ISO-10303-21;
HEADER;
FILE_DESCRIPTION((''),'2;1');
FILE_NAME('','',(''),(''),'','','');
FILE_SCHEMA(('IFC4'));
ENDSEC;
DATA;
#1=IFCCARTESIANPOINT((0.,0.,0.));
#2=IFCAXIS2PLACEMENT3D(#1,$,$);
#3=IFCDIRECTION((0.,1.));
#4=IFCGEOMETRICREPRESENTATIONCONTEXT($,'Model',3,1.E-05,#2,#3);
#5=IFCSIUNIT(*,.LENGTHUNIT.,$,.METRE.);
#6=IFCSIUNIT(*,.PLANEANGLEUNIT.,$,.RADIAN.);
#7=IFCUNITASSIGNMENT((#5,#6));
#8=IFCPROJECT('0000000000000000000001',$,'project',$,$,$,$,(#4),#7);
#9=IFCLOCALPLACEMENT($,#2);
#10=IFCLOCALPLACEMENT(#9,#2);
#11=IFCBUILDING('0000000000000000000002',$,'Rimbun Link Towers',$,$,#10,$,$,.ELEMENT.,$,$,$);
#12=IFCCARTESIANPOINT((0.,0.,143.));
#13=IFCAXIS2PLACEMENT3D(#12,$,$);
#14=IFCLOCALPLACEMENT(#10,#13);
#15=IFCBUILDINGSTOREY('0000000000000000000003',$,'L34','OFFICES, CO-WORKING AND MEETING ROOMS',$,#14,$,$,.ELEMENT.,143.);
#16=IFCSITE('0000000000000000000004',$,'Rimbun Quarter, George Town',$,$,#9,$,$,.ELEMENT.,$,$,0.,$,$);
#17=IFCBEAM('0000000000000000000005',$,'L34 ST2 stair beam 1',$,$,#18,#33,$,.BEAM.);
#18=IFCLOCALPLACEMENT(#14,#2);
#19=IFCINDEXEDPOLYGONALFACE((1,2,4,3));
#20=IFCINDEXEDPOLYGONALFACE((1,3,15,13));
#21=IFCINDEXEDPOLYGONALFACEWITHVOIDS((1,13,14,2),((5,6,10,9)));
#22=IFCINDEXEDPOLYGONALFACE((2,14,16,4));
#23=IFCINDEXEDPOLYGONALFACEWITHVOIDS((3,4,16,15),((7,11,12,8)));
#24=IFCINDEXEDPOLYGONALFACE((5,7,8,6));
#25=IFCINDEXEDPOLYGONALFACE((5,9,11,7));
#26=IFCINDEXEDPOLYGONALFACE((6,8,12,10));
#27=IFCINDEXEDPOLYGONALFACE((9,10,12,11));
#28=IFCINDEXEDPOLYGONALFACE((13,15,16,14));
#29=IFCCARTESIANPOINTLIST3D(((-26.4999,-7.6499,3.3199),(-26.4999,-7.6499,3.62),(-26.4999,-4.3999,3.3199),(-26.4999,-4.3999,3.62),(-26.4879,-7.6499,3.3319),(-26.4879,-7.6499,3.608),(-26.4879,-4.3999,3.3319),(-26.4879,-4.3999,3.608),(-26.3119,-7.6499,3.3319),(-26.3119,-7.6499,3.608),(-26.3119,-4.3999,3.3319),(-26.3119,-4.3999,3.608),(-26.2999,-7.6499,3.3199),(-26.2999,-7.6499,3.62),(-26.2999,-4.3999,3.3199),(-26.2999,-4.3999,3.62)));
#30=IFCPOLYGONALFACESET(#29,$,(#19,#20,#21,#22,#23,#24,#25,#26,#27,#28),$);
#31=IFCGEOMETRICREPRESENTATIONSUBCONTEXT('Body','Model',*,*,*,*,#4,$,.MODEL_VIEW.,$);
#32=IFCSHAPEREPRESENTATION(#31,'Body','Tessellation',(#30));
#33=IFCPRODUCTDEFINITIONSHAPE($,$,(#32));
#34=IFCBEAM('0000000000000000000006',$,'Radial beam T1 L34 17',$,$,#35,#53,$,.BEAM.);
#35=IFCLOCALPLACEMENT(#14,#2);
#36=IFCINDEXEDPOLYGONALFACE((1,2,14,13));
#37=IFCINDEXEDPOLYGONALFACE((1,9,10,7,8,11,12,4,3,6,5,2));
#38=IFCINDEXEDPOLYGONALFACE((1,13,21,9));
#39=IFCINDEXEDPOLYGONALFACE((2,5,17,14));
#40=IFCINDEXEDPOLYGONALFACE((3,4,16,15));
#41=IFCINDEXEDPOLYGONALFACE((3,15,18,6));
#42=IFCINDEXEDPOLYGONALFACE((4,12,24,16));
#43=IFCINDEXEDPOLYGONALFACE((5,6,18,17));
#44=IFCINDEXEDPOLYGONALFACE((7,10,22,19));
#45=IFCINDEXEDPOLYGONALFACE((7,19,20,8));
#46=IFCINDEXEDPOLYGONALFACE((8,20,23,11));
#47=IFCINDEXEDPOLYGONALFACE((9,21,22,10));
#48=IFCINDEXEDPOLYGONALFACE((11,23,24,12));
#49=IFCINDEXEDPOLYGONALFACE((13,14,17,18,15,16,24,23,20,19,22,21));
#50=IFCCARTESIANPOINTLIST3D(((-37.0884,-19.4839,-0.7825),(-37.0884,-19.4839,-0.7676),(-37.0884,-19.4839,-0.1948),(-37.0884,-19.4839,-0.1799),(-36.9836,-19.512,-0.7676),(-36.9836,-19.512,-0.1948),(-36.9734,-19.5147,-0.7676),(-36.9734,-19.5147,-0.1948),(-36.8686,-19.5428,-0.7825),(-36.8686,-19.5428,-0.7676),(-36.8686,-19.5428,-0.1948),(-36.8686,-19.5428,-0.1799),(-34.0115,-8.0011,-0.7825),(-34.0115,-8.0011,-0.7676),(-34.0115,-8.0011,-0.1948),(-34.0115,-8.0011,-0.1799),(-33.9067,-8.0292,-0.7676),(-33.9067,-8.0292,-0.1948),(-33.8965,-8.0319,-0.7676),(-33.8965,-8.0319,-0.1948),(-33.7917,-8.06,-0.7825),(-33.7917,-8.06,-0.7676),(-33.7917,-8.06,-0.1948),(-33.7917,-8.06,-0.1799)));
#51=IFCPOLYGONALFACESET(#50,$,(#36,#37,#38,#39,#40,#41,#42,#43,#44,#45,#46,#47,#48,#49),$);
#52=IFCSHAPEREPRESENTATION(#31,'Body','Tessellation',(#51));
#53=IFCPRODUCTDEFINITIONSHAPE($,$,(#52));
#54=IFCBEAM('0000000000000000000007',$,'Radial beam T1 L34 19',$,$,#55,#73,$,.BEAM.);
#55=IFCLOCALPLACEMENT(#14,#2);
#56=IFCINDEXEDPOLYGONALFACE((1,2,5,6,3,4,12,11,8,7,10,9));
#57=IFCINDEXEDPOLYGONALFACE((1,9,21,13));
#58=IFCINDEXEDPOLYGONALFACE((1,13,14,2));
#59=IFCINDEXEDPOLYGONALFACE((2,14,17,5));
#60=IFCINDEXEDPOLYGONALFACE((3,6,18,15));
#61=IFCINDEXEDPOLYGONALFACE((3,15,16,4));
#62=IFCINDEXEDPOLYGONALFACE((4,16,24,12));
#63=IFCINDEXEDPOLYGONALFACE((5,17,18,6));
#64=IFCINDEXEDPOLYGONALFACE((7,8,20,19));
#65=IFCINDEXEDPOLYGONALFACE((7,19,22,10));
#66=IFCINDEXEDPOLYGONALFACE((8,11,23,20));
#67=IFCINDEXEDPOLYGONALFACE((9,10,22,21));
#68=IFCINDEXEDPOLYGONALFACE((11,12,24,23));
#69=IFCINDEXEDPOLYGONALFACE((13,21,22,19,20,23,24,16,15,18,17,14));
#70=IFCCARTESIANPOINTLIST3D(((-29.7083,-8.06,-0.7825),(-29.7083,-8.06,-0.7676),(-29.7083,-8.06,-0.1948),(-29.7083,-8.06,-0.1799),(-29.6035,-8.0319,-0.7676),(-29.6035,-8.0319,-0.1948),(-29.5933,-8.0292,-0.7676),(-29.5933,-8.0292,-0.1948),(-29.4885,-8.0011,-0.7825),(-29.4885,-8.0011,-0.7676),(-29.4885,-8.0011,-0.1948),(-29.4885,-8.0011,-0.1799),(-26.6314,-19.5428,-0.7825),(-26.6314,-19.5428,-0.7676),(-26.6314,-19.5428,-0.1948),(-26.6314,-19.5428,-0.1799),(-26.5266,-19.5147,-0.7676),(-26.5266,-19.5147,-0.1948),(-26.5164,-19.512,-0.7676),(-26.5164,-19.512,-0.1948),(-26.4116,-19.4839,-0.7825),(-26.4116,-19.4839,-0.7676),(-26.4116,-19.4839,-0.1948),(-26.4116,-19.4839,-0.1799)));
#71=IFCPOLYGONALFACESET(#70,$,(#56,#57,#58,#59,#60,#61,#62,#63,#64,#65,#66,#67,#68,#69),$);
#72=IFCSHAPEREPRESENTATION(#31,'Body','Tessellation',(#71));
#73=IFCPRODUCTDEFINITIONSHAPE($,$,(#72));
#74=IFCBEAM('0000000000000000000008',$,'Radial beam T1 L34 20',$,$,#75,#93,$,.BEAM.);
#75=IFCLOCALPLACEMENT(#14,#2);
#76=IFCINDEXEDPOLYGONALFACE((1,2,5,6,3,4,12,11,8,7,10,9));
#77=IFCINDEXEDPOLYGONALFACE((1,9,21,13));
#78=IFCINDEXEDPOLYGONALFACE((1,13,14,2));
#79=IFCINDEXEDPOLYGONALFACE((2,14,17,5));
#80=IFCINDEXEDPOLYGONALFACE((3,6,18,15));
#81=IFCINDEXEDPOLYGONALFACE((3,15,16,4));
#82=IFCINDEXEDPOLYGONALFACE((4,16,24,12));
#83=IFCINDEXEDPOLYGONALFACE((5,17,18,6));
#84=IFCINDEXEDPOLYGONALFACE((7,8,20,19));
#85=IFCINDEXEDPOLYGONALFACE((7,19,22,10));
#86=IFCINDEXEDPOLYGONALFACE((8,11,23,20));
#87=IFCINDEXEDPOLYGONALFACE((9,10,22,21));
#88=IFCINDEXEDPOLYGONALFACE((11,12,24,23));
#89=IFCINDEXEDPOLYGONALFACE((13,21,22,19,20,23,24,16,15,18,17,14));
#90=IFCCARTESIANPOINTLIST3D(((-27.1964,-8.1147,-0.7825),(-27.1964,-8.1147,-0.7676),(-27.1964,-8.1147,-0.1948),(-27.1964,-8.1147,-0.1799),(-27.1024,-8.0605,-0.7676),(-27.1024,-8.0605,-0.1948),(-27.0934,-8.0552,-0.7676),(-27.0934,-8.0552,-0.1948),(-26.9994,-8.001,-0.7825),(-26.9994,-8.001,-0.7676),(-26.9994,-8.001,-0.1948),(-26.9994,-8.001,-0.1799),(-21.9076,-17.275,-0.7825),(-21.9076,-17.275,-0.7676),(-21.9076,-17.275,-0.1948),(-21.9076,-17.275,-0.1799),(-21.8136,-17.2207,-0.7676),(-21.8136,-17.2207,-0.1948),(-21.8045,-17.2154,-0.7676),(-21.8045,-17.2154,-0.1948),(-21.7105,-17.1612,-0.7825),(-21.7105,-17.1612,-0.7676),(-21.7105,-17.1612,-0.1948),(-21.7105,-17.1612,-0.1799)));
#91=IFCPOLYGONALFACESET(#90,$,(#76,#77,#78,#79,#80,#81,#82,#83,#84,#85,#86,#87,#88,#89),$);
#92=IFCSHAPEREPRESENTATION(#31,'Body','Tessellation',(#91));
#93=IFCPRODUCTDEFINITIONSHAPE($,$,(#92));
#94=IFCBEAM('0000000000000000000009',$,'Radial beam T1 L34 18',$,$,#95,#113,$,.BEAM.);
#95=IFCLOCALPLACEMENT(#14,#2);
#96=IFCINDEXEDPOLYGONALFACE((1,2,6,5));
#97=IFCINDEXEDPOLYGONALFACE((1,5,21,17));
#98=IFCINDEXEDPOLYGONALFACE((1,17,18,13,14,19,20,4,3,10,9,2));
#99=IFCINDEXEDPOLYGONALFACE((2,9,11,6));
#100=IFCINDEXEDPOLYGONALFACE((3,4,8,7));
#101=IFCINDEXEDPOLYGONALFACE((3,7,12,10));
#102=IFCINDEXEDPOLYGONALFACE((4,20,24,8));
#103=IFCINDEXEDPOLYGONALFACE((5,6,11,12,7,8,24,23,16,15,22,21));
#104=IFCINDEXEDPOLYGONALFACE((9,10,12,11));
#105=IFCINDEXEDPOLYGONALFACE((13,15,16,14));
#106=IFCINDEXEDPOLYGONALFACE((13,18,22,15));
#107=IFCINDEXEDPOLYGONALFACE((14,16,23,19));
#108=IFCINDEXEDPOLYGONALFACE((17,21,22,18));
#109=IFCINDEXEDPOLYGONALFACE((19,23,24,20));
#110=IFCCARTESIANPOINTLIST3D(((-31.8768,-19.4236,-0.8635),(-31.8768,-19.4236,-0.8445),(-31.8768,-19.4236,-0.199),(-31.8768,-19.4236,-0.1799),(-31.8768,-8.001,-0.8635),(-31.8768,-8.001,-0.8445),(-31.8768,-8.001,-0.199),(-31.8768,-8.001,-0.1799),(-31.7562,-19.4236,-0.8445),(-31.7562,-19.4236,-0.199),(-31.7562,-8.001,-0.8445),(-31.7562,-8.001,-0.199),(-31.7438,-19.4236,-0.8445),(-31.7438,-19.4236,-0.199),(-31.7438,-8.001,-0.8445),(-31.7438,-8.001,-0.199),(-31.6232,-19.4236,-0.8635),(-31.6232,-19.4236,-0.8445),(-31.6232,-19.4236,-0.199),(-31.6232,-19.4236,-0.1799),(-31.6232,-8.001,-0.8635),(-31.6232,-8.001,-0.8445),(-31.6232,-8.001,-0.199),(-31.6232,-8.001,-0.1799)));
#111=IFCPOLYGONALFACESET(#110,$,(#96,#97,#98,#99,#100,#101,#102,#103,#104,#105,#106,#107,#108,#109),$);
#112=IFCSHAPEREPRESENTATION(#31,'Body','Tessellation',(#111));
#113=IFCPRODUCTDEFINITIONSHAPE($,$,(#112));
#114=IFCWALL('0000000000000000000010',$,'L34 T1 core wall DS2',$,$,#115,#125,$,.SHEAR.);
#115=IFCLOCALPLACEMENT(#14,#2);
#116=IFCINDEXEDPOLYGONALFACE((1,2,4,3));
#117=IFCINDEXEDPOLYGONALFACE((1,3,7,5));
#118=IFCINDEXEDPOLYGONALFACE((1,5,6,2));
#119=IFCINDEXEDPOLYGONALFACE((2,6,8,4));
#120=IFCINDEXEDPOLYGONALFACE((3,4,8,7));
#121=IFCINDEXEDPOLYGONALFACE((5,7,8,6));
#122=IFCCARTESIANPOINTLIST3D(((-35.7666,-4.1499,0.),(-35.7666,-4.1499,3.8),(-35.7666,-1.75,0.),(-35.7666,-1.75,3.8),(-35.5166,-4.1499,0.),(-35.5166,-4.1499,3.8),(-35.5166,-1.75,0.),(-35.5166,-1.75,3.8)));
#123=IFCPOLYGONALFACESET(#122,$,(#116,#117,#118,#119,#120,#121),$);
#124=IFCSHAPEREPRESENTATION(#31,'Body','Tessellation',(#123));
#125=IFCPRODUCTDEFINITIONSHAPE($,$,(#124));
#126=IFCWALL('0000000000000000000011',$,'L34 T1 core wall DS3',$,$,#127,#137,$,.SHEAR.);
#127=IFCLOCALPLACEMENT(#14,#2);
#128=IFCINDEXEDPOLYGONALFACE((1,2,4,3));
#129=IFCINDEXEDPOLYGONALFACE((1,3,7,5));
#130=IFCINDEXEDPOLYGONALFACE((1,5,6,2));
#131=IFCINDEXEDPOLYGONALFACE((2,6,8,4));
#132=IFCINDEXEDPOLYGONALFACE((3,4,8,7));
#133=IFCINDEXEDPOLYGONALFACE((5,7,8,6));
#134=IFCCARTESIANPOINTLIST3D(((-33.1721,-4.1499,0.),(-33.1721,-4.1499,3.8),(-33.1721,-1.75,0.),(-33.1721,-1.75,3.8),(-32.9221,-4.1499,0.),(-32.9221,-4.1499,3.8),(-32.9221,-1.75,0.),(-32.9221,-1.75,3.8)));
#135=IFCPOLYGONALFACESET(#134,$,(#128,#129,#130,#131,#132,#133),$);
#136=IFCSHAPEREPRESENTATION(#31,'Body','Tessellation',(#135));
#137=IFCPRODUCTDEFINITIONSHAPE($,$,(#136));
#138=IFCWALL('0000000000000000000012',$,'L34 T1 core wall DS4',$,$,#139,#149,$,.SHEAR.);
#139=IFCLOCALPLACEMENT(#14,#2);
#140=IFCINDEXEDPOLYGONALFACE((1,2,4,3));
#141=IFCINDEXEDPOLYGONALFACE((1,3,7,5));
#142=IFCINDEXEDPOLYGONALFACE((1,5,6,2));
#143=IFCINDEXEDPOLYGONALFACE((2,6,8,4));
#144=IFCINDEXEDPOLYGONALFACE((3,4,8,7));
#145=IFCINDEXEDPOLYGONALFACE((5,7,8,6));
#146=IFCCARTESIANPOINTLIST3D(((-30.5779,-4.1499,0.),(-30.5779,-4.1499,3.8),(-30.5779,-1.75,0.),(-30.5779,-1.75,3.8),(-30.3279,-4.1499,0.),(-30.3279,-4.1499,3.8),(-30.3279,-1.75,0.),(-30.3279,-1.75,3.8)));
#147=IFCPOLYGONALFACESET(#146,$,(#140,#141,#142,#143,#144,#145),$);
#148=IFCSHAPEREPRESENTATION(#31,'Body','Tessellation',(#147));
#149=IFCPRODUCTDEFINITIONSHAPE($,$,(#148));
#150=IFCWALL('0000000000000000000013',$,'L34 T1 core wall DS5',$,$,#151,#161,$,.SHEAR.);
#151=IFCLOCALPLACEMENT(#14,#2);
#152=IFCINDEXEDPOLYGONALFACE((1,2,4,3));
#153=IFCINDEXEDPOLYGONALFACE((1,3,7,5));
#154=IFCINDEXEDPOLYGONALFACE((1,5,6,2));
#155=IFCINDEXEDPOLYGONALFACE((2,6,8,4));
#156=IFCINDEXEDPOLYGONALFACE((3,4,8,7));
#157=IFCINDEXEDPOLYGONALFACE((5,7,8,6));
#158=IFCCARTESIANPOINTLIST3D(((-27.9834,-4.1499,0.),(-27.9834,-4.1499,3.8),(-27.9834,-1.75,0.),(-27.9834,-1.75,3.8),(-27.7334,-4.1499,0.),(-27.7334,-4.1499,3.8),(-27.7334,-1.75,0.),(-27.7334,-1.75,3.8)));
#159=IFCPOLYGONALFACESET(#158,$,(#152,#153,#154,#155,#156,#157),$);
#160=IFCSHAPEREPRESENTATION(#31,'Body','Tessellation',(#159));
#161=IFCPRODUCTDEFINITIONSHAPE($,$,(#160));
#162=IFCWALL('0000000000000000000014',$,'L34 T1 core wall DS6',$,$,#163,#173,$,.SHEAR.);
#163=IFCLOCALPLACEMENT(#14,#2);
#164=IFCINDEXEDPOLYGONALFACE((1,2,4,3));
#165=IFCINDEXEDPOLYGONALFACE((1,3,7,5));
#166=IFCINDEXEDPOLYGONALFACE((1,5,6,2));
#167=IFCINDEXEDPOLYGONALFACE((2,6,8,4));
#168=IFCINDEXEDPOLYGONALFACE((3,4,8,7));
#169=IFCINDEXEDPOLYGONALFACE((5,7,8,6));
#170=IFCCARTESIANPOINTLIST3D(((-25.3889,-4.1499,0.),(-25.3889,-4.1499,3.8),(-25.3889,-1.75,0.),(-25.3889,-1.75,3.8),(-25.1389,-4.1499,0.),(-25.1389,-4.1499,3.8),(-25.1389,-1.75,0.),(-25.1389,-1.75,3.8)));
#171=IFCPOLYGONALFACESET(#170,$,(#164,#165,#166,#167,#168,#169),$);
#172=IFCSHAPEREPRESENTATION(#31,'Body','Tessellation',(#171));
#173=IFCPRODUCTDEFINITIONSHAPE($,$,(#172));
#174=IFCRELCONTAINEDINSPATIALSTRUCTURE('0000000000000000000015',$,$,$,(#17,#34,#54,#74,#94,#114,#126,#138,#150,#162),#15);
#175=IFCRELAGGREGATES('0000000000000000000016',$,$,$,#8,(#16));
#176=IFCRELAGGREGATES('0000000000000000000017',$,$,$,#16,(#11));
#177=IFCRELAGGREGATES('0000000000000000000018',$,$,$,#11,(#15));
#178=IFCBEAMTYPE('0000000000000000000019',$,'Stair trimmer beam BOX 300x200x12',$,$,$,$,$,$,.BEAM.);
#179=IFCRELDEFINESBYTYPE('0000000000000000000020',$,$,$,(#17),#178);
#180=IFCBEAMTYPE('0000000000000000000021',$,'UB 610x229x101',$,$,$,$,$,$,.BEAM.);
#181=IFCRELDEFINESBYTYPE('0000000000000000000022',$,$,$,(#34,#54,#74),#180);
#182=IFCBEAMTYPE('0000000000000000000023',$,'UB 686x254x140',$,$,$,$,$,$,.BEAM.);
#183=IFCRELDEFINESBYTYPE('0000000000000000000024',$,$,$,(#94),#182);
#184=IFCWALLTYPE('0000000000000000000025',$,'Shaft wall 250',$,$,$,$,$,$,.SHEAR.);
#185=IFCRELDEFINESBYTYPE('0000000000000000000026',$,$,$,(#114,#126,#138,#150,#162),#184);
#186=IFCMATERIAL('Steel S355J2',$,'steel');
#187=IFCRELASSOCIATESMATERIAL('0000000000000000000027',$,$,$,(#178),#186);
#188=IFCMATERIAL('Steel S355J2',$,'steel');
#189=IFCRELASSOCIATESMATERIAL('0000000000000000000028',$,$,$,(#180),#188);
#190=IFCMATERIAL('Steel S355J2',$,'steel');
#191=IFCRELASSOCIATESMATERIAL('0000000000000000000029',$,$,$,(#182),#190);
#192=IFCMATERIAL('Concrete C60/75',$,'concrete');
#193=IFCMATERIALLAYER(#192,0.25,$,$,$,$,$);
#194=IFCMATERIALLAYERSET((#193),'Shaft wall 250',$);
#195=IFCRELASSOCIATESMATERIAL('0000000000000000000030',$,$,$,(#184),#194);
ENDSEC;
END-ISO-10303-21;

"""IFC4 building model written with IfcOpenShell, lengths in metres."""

from ifc_helpers import new_model, si_unit, direction, frame, frame_2d, origin, origin_2d, place, context, subcontext, project, spatial, rectangle, hollow_rectangle, i_section, extrude, material, layer, layer_set, material_profile, profile_set, type_object, element, save


model = new_model("IFC4")

# Units and contexts
model_context = context("Model", 3, precision=1e-05, world=origin(), true_north=direction((0.0, 1.0)))
body_context = subcontext(model_context, "Body", "Model", "MODEL_VIEW")
ifc_project = project(units=[si_unit("LENGTHUNIT", "METRE"), si_unit("PLANEANGLEUNIT", "RADIAN")], contexts=[model_context])

# Site, building, storey
site_placement = place(None, origin())
site = spatial("IfcSite", under=ifc_project, at=site_placement, Name="Rimbun Quarter, George Town", CompositionType="ELEMENT", RefElevation=0.0)
building_placement = place(site_placement, origin())
building = spatial("IfcBuilding", under=site, at=building_placement, Name="Rimbun Link Towers", CompositionType="ELEMENT")
storey_placement = place(building_placement, frame((0.0, 0.0, 143.0)))
storey = spatial("IfcBuildingStorey", under=building, at=storey_placement, Name="L34", Description="OFFICES, CO-WORKING AND MEETING ROOMS", CompositionType="ELEMENT", Elevation=143.0)

# Beams
ifc_material_1 = material(Name="Steel S355J2", Category="steel")
ifc_material_profile_1 = material_profile(ifc_material_1, hollow_rectangle(XDim=0.2, YDim=0.3, WallThickness=0.012, at=origin_2d()), Name="BOX 300x200x12")
ifc_profile_set_1 = profile_set([ifc_material_profile_1], Name="Steel S355J2")
beam_type_1 = type_object("IfcBeamType", Name="Stair trimmer beam BOX 300x200x12", PredefinedType="BEAM", material=ifc_profile_set_1)
beam_1_placement = place(storey_placement, frame((-26.3999, -7.6499, 3.47), z_axis=(0.0, 1.0, 0.0), x_axis=(-1.0, 0.0, 0.0)))
element("IfcBeam", 1, at=beam_1_placement, inside=storey, type_object=beam_type_1, Name="L34 ST2 stair beam 1", PredefinedType="BEAM", context=body_context, shape_type="SweptSolid", body=[
    extrude(hollow_rectangle(XDim=0.2, YDim=0.3, WallThickness=0.012, at=origin_2d()), origin(), (0.0, 0.0, 1.0), 3.25),
])
ifc_material_2 = material(Name="Steel S355J2", Category="steel")
ifc_material_profile_2 = material_profile(ifc_material_2, i_section(OverallWidth=0.2275, OverallDepth=0.6025, WebThickness=0.0105, FlangeThickness=0.0149, at=origin_2d()), Name="UB 610x229x101")
ifc_profile_set_2 = profile_set([ifc_material_profile_2], Name="Steel S355J2")
beam_type_2 = type_object("IfcBeamType", Name="UB 610x229x101", PredefinedType="BEAM", material=ifc_profile_set_2)
for number, where, z_axis, x_axis, name in (
    (2, (-33.9016, -8.0305, -0.4812), (-0.258824, -0.965924, 0.0), (0.965924, -0.258824, 0.0), "Radial beam T1 L34 17"),
    (3, (-29.5984, -8.0305, -0.4812), (0.258824, -0.965924, 0.0), (0.965924, 0.258824, 0.0), "Radial beam T1 L34 19"),
):
    element("IfcBeam", number, at=place(storey_placement, frame(where, z_axis=z_axis, x_axis=x_axis)), inside=storey, type_object=beam_type_2, Name=name, PredefinedType="BEAM", context=body_context, shape_type="SweptSolid", body=[
        extrude(i_section(OverallWidth=0.2275, OverallDepth=0.6025, WebThickness=0.0105, FlangeThickness=0.0149, at=origin_2d()), origin(), (0.0, 0.0, 1.0), 11.8879),
    ])
beam_2_placement = place(storey_placement, frame((-27.0979, -8.0579, -0.4812), z_axis=(0.500014, -0.866017, 0.0), x_axis=(0.866017, 0.500014, 0.0)))
element("IfcBeam", 4, at=beam_2_placement, inside=storey, type_object=beam_type_2, Name="Radial beam T1 L34 20", PredefinedType="BEAM", context=body_context, shape_type="SweptSolid", body=[
    extrude(i_section(OverallWidth=0.2275, OverallDepth=0.6025, WebThickness=0.0105, FlangeThickness=0.0149, at=origin_2d()), origin(), (0.0, 0.0, 1.0), 10.5774),
])
ifc_material_3 = material(Name="Steel S355J2", Category="steel")
ifc_material_profile_3 = material_profile(ifc_material_3, i_section(OverallWidth=0.2537, OverallDepth=0.6836, WebThickness=0.0125, FlangeThickness=0.019, at=origin_2d()), Name="UB 686x254x140")
ifc_profile_set_3 = profile_set([ifc_material_profile_3], Name="Steel S355J2")
beam_type_3 = type_object("IfcBeamType", Name="UB 686x254x140", PredefinedType="BEAM", material=ifc_profile_set_3)
beam_3_placement = place(storey_placement, frame((-31.75, -8.001, -0.5217), z_axis=(0.0, -1.0, 0.0), x_axis=(1.0, 0.0, 0.0)))
element("IfcBeam", 5, at=beam_3_placement, inside=storey, type_object=beam_type_3, Name="Radial beam T1 L34 18", PredefinedType="BEAM", context=body_context, shape_type="SweptSolid", body=[
    extrude(i_section(OverallWidth=0.2537, OverallDepth=0.6836, WebThickness=0.0125, FlangeThickness=0.019, at=origin_2d()), origin(), (0.0, 0.0, 1.0), 11.4226),
])

# Walls
ifc_material_4 = material(Name="Concrete C60/75", Category="concrete")
ifc_layer = layer(ifc_material_4, 0.25)
ifc_layer_set = layer_set([ifc_layer], Name="Shaft wall 250")
wall_type = type_object("IfcWallType", Name="Shaft wall 250", PredefinedType="SHEAR", material=ifc_layer_set)
for number, where, z_axis, x_axis, name in (
    (6, (-35.6416, -4.1499, 0.0), (0.0, 0.0, 1.0), (0.0, 1.0, 0.0), "L34 T1 core wall DS2"),
    (7, (-33.0471, -4.1499, 0.0), (0.0, 0.0, 1.0), (0.0, 1.0, 0.0), "L34 T1 core wall DS3"),
    (8, (-30.4529, -4.1499, 0.0), (0.0, 0.0, 1.0), (0.0, 1.0, 0.0), "L34 T1 core wall DS4"),
    (9, (-27.8584, -4.1499, 0.0), (0.0, 0.0, 1.0), (0.0, 1.0, 0.0), "L34 T1 core wall DS5"),
    (10, (-25.2639, -4.1499, 0.0), (0.0, 0.0, 1.0), (0.0, 1.0, 0.0), "L34 T1 core wall DS6"),
):
    element("IfcWall", number, at=place(storey_placement, frame(where, z_axis=z_axis, x_axis=x_axis)), inside=storey, type_object=wall_type, Name=name, PredefinedType="SHEAR", context=body_context, shape_type="SweptSolid", body=[
        extrude(rectangle(XDim=2.3999, YDim=0.25, at=frame_2d((1.2, 0.0))), origin(), (0.0, 0.0, 1.0), 3.8),
    ])

save(model, "model.ifc")
